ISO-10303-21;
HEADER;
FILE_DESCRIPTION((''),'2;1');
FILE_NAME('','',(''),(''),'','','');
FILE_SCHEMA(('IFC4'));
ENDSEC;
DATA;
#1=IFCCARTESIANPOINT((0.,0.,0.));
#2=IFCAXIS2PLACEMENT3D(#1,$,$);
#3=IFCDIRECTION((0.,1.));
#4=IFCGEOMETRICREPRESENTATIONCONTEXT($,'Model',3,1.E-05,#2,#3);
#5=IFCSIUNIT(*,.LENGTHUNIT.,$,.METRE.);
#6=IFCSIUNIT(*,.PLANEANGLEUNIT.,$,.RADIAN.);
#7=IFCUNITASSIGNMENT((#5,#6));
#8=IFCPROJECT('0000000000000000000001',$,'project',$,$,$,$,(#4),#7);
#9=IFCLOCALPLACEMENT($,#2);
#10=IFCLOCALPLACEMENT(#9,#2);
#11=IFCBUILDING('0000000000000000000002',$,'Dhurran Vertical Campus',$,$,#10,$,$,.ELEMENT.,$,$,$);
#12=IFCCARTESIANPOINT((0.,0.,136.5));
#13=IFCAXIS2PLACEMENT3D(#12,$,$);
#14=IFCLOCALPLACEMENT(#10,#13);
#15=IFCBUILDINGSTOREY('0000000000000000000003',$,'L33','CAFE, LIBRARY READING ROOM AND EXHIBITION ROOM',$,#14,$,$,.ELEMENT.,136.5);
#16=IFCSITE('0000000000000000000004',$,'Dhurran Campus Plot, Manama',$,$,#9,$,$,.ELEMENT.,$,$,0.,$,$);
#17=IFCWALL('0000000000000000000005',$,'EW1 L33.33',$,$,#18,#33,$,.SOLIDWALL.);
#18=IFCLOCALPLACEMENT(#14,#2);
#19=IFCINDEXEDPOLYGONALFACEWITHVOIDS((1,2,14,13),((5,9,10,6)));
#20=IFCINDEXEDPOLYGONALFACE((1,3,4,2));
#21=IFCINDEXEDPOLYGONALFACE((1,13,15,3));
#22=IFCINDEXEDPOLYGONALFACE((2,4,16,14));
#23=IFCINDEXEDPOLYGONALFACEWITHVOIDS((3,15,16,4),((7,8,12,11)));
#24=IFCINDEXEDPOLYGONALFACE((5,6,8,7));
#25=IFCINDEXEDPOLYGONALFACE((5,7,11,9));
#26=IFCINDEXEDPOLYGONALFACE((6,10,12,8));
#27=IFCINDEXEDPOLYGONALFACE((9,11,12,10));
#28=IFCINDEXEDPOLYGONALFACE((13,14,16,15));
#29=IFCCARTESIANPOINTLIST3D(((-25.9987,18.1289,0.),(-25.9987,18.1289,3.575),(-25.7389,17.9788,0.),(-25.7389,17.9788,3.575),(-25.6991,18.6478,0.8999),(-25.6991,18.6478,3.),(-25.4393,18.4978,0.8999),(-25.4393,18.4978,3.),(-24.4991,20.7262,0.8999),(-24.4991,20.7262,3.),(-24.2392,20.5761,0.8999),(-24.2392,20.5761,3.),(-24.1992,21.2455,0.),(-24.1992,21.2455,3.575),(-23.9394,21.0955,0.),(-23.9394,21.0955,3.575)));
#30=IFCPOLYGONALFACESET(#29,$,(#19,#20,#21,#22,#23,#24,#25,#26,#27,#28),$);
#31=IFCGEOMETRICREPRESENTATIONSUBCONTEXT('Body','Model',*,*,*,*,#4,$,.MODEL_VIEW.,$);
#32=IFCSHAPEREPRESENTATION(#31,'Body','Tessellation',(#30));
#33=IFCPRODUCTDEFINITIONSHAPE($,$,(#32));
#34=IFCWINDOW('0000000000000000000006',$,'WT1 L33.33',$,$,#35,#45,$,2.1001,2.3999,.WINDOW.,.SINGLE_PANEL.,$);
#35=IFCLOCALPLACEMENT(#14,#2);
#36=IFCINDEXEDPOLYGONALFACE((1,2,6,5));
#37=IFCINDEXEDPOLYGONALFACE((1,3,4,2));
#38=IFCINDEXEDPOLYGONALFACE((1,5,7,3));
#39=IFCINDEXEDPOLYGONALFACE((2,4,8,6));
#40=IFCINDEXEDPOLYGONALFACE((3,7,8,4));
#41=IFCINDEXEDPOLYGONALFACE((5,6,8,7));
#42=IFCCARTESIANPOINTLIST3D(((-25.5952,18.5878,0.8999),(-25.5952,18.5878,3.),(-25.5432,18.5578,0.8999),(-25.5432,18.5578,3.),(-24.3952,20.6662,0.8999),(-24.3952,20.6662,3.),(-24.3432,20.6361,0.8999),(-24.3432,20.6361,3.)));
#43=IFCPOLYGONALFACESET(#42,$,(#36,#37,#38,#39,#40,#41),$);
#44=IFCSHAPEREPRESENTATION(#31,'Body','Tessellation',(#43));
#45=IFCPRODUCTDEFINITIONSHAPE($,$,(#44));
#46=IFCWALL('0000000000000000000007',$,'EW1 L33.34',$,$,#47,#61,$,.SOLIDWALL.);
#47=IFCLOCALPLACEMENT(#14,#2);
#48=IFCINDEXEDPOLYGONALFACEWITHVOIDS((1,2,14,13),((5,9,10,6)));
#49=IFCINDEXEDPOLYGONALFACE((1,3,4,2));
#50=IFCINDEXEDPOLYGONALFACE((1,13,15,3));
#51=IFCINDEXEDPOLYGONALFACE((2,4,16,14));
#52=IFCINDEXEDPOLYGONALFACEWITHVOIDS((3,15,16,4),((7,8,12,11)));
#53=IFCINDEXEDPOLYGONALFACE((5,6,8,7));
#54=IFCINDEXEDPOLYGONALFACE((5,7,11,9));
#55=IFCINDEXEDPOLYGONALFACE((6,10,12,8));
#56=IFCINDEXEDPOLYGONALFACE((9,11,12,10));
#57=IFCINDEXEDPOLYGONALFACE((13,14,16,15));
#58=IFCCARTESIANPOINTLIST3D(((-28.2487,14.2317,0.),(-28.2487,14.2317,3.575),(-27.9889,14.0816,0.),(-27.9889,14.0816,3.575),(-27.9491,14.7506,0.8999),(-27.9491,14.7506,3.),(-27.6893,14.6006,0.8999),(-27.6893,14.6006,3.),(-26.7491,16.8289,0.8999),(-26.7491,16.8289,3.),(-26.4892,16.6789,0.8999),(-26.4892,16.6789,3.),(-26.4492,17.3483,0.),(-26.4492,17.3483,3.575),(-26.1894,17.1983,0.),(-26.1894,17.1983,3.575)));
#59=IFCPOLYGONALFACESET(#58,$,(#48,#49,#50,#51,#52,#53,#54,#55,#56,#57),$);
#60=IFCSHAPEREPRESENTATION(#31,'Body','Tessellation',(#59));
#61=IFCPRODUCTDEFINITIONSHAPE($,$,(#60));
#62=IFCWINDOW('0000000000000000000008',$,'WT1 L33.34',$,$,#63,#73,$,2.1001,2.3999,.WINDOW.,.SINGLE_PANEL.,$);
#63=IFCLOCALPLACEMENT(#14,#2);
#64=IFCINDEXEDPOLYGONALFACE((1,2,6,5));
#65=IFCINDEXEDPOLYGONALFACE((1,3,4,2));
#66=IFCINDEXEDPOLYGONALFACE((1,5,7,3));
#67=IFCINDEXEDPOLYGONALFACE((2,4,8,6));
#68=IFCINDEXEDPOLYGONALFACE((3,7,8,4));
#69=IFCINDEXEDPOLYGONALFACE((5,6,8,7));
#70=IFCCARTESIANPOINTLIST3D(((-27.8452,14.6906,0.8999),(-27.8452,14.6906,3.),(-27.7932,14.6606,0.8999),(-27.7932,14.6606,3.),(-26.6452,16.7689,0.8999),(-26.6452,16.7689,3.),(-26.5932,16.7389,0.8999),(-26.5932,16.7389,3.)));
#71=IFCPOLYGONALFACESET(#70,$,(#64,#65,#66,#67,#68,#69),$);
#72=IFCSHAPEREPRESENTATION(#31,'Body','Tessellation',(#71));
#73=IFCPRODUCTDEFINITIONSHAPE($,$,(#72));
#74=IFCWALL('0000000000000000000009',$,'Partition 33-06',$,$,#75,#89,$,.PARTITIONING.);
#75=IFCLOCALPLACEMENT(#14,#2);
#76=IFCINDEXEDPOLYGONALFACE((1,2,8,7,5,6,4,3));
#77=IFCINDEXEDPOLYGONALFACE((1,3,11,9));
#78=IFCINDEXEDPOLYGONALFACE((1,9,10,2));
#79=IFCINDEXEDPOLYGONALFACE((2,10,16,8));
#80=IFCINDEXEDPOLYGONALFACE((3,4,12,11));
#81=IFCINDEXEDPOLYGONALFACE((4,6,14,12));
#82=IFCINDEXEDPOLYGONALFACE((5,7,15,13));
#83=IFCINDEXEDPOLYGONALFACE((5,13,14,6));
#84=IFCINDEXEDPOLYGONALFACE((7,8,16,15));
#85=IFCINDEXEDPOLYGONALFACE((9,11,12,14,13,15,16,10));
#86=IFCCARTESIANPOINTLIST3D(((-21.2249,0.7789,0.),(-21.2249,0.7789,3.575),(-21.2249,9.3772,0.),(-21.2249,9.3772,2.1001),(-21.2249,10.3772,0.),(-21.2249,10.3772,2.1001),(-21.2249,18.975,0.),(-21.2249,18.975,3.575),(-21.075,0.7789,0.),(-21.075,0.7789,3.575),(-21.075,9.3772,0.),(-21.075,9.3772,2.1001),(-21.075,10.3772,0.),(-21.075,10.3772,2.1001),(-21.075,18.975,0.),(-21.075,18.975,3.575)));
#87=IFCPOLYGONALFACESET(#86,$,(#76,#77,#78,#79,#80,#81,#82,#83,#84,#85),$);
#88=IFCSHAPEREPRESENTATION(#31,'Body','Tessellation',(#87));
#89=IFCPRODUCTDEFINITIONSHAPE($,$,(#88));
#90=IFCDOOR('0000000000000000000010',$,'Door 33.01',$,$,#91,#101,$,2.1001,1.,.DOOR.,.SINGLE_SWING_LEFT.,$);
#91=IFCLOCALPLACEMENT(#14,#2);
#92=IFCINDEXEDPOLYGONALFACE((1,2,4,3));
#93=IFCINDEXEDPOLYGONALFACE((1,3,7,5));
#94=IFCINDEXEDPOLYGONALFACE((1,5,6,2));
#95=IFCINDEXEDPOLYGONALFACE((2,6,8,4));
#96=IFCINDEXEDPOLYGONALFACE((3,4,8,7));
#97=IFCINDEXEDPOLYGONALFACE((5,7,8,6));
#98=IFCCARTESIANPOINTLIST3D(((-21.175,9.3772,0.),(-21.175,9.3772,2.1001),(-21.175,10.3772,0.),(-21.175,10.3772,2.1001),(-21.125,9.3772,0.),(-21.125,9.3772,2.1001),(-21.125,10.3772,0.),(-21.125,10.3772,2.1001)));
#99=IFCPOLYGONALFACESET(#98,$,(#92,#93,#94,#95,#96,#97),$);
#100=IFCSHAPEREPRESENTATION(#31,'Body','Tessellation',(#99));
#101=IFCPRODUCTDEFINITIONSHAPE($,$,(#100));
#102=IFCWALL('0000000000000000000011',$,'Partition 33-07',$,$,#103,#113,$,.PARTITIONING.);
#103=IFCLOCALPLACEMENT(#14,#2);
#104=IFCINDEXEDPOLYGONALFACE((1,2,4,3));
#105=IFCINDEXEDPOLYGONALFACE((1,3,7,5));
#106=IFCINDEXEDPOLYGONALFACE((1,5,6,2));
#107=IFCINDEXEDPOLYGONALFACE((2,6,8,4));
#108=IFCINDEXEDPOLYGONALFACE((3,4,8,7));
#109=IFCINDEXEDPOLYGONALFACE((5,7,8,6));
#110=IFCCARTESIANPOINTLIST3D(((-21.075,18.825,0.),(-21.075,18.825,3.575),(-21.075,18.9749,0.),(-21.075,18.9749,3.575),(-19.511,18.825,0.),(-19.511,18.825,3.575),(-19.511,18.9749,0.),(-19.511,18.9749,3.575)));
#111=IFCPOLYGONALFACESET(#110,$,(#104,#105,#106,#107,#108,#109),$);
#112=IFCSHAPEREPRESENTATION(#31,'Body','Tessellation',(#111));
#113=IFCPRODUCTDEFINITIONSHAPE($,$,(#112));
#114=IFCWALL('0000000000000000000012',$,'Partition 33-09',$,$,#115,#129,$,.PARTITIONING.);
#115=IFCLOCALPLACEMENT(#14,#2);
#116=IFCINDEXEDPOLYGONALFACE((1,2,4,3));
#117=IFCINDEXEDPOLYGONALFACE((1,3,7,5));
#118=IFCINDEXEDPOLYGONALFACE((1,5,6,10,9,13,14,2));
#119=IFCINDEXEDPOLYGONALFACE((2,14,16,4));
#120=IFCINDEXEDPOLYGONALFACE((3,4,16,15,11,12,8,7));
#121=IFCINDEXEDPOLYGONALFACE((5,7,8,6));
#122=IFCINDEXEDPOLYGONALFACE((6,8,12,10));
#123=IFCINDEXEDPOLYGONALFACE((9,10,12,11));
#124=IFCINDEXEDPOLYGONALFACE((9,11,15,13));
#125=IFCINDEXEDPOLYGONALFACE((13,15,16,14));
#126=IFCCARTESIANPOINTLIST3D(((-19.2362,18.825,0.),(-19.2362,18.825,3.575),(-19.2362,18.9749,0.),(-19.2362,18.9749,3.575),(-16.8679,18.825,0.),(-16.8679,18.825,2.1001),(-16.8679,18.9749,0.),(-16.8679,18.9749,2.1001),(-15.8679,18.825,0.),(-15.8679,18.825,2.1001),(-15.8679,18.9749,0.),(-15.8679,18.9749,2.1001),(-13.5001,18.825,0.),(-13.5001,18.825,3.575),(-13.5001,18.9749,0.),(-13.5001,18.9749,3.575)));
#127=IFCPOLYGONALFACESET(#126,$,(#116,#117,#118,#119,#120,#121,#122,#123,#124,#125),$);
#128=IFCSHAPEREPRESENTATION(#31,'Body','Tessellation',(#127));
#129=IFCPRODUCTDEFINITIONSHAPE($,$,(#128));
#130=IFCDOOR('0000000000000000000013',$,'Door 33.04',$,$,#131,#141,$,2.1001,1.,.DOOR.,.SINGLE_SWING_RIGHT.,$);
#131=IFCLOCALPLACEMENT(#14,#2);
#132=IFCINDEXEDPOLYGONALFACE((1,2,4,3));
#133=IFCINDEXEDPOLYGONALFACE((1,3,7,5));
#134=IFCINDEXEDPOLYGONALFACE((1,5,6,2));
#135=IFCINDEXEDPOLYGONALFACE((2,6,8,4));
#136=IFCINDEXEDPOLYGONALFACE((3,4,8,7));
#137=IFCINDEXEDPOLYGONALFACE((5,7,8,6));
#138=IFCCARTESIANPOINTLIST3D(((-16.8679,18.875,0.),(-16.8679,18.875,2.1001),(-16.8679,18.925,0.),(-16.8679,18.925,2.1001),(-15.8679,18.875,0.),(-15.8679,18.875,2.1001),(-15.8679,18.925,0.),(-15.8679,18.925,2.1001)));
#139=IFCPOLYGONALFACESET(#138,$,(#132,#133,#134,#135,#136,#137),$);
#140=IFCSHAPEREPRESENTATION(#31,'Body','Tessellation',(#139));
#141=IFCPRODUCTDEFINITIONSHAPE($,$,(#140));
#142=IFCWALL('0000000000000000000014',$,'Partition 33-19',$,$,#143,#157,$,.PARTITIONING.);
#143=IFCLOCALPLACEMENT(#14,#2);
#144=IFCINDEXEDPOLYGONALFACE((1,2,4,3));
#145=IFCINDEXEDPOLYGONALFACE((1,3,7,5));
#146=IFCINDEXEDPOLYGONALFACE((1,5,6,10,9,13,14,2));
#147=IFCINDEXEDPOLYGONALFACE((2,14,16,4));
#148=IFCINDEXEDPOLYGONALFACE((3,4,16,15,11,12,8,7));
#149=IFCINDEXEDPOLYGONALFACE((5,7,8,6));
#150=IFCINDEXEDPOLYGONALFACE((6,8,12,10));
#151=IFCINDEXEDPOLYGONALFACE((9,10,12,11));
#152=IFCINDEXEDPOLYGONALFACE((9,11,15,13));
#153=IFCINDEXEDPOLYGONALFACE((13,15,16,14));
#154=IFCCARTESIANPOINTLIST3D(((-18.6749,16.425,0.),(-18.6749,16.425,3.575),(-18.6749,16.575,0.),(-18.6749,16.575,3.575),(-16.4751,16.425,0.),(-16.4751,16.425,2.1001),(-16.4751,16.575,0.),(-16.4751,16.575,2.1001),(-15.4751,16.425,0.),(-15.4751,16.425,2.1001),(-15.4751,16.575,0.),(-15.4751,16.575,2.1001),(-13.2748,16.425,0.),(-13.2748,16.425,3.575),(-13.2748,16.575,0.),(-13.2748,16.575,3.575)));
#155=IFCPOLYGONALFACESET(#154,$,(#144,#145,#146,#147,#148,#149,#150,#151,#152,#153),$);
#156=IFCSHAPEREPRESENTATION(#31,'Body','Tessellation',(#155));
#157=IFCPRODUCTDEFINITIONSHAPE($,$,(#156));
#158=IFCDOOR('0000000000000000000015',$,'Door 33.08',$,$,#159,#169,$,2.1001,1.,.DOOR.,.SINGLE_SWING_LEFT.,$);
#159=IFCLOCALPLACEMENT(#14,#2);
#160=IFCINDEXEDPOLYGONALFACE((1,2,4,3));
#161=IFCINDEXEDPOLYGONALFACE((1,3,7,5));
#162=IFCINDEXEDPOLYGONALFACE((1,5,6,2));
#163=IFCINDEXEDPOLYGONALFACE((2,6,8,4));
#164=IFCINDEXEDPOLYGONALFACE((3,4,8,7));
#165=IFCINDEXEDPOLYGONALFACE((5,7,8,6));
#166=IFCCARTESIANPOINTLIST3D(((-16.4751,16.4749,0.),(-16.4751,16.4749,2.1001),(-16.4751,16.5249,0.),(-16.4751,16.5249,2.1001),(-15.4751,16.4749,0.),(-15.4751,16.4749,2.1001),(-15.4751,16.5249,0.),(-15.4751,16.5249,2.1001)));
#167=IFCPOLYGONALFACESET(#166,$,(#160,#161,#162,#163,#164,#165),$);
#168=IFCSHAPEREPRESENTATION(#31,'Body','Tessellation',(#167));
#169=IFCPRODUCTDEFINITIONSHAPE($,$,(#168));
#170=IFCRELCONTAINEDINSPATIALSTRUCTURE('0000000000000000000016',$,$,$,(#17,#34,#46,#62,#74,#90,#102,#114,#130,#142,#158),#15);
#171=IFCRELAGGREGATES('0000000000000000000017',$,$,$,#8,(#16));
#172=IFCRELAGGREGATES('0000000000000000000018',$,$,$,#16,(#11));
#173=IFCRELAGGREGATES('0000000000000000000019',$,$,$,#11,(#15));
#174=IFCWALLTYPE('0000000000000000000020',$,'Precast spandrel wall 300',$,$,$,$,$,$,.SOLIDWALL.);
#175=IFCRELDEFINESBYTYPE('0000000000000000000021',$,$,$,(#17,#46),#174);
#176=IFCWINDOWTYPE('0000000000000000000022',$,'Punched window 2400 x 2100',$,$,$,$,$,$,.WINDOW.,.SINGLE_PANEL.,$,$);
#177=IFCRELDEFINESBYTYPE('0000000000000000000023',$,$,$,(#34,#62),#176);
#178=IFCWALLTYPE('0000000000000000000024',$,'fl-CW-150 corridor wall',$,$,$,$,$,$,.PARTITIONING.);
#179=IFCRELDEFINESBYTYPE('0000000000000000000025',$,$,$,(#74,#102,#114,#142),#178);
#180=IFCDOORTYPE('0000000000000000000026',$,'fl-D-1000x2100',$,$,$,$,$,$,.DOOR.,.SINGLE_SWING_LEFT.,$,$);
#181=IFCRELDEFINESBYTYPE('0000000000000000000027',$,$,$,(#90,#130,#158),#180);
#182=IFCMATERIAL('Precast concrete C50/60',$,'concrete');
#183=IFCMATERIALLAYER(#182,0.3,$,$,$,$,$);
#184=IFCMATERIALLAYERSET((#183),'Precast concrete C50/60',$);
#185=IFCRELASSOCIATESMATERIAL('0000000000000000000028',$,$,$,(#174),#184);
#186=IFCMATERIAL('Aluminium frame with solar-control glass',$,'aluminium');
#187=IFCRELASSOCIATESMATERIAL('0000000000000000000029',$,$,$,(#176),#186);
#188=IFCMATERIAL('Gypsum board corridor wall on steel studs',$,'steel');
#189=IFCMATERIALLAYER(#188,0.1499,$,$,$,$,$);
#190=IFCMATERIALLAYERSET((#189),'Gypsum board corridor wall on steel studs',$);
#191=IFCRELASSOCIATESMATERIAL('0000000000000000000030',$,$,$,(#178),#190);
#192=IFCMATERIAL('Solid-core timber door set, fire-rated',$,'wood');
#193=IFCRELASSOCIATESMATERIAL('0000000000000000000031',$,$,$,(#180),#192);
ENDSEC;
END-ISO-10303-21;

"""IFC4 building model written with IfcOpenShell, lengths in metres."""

from ifc_helpers import new_model, si_unit, direction, frame, frame_2d, origin, place, context, subcontext, project, spatial, rectangle, extrude, material, layer, layer_set, type_object, element, fill, save


model = new_model("IFC4")

# Units and contexts
model_context = context("Model", 3, precision=1e-05, world=origin(), true_north=direction((0.0, 1.0)))
body_context = subcontext(model_context, "Body", "Model", "MODEL_VIEW")
ifc_project = project(units=[si_unit("LENGTHUNIT", "METRE"), si_unit("PLANEANGLEUNIT", "RADIAN")], contexts=[model_context])

# Site, building, storey
site_placement = place(None, origin())
site = spatial("IfcSite", under=ifc_project, at=site_placement, Name="Dhurran Campus Plot, Manama", CompositionType="ELEMENT", RefElevation=0.0)
building_placement = place(site_placement, origin())
building = spatial("IfcBuilding", under=site, at=building_placement, Name="Dhurran Vertical Campus", CompositionType="ELEMENT")
storey_placement = place(building_placement, frame((0.0, 0.0, 136.5)))
storey = spatial("IfcBuildingStorey", under=building, at=storey_placement, Name="L33", Description="CAFE, LIBRARY READING ROOM AND EXHIBITION ROOM", CompositionType="ELEMENT", Elevation=136.5)

# Walls, openings, windows
ifc_material_1 = material(Name="Precast concrete C50/60", Category="concrete")
ifc_layer_1 = layer(ifc_material_1, 0.3)
ifc_layer_set_1 = layer_set([ifc_layer_1], Name="Precast concrete C50/60")
wall_type_1 = type_object("IfcWallType", Name="Precast spandrel wall 300", PredefinedType="SOLIDWALL", material=ifc_layer_set_1)
ifc_material_2 = material(Name="Aluminium frame with solar-control glass", Category="aluminium")
window_type = type_object("IfcWindowType", Name="Punched window 2400 x 2100", PartitioningType="SINGLE_PANEL", PredefinedType="WINDOW", material=ifc_material_2)
wall_1_placement = place(storey_placement, frame((-24.0693, 21.1704, 0.0), z_axis=(0.0, 0.0, 1.0), x_axis=(-0.500028, -0.866009, 0.0)))
wall_1 = element("IfcWall", 1, at=wall_1_placement, inside=storey, type_object=wall_type_1, Name="EW1 L33.33", PredefinedType="SOLIDWALL", context=body_context, shape_type="SweptSolid", body=[
    extrude(rectangle(XDim=3.5989, YDim=0.3, at=frame_2d((1.7993, 0.0))), origin(), (0.0, 0.0, 1.0), 3.575),
])
opening_1_placement = place(wall_1_placement, frame((0.5996, 0.0, 0.8999)))
opening_1 = element("IfcOpeningElement", 2, at=opening_1_placement, cuts=wall_1, PredefinedType="OPENING", context=body_context, shape_type="SweptSolid", body=[
    extrude(rectangle(XDim=2.3999, YDim=2.1001, at=frame_2d((1.2, 1.05))), frame((0.0, 0.1599, 0.0), z_axis=(0.0, -1.0, 0.0), x_axis=(1.0, 0.0, 0.0)), (0.0, 0.0, 1.0), 0.3201),
])
window_1_placement = place(opening_1_placement, origin())
window_1 = element("IfcWindow", 3, at=window_1_placement, inside=storey, type_object=window_type, Name="WT1 L33.33", OverallHeight=2.1001, OverallWidth=2.3999, PartitioningType="SINGLE_PANEL", PredefinedType="WINDOW", context=body_context, shape_type="SweptSolid", body=[
    extrude(rectangle(XDim=2.3999, YDim=2.1001, at=frame_2d((1.2, 1.05))), frame((0.0, 0.03, 0.0), z_axis=(0.0, -1.0, 0.0), x_axis=(1.0, 0.0, 0.0)), (0.0, 0.0, 1.0), 0.0601),
])
fill(opening_1, window_1)
wall_2_placement = place(storey_placement, frame((-26.3193, 17.2732, 0.0), z_axis=(0.0, 0.0, 1.0), x_axis=(-0.500028, -0.866009, 0.0)))
wall_2 = element("IfcWall", 4, at=wall_2_placement, inside=storey, type_object=wall_type_1, Name="EW1 L33.34", PredefinedType="SOLIDWALL", context=body_context, shape_type="SweptSolid", body=[
    extrude(rectangle(XDim=3.5989, YDim=0.3, at=frame_2d((1.7993, 0.0))), origin(), (0.0, 0.0, 1.0), 3.575),
])
opening_2_placement = place(wall_2_placement, frame((0.5996, 0.0, 0.8999)))
opening_2 = element("IfcOpeningElement", 5, at=opening_2_placement, cuts=wall_2, PredefinedType="OPENING", context=body_context, shape_type="SweptSolid", body=[
    extrude(rectangle(XDim=2.3999, YDim=2.1001, at=frame_2d((1.2, 1.05))), frame((0.0, 0.1599, 0.0), z_axis=(0.0, -1.0, 0.0), x_axis=(1.0, 0.0, 0.0)), (0.0, 0.0, 1.0), 0.3201),
])
window_2_placement = place(opening_2_placement, origin())
window_2 = element("IfcWindow", 6, at=window_2_placement, inside=storey, type_object=window_type, Name="WT1 L33.34", OverallHeight=2.1001, OverallWidth=2.3999, PartitioningType="SINGLE_PANEL", PredefinedType="WINDOW", context=body_context, shape_type="SweptSolid", body=[
    extrude(rectangle(XDim=2.3999, YDim=2.1001, at=frame_2d((1.2, 1.05))), frame((0.0, 0.03, 0.0), z_axis=(0.0, -1.0, 0.0), x_axis=(1.0, 0.0, 0.0)), (0.0, 0.0, 1.0), 0.0601),
])
fill(opening_2, window_2)

# Wall, opening, door
ifc_material_3 = material(Name="Gypsum board corridor wall on steel studs", Category="steel")
ifc_layer_2 = layer(ifc_material_3, 0.1499)
ifc_layer_set_2 = layer_set([ifc_layer_2], Name="Gypsum board corridor wall on steel studs")
wall_type_2 = type_object("IfcWallType", Name="fl-CW-150 corridor wall", PredefinedType="PARTITIONING", material=ifc_layer_set_2)
wall_3_placement = place(storey_placement, frame((-21.1499, 18.9751, 0.0), z_axis=(0.0, 0.0, 1.0), x_axis=(0.0, -1.0, 0.0)))
wall_3 = element("IfcWall", 7, at=wall_3_placement, inside=storey, type_object=wall_type_2, Name="Partition 33-06", PredefinedType="PARTITIONING", context=body_context, shape_type="SweptSolid", body=[
    extrude(rectangle(XDim=18.196, YDim=0.1499, at=frame_2d((9.0981, 0.0))), origin(), (0.0, 0.0, 1.0), 3.575),
])
opening_3_placement = place(wall_3_placement, frame((8.5979, 0.0, 0.0)))
opening_3 = element("IfcOpeningElement", 8, at=opening_3_placement, cuts=wall_3, PredefinedType="OPENING", context=body_context, shape_type="SweptSolid", body=[
    extrude(rectangle(XDim=1.0, YDim=2.1001, at=frame_2d((0.5, 1.05))), frame((0.0, 0.085, 0.0), z_axis=(0.0, -1.0, 0.0), x_axis=(1.0, 0.0, 0.0)), (0.0, 0.0, 1.0), 0.1699),
])
ifc_material_4 = material(Name="Solid-core timber door set, fire-rated", Category="wood")
door_type = type_object("IfcDoorType", Name="fl-D-1000x2100", OperationType="SINGLE_SWING_LEFT", PredefinedType="DOOR", material=ifc_material_4)
door_1_placement = place(opening_3_placement, origin())
door_1 = element("IfcDoor", 9, at=door_1_placement, inside=storey, type_object=door_type, Name="Door 33.01", OperationType="SINGLE_SWING_LEFT", OverallHeight=2.1001, OverallWidth=1.0, PredefinedType="DOOR", context=body_context, shape_type="SweptSolid", body=[
    extrude(rectangle(XDim=1.0, YDim=2.1001, at=frame_2d((0.5, 1.05))), frame((0.0, 0.0249, 0.0), z_axis=(0.0, -1.0, 0.0), x_axis=(1.0, 0.0, 0.0)), (0.0, 0.0, 1.0), 0.05),
])
fill(opening_3, door_1)

# Wall
wall_4_placement = place(storey_placement, frame((-19.511, 18.8999, 0.0), z_axis=(0.0, 0.0, 1.0), x_axis=(-1.0, 0.0, 0.0)))
element("IfcWall", 10, at=wall_4_placement, inside=storey, type_object=wall_type_2, Name="Partition 33-07", PredefinedType="PARTITIONING", context=body_context, shape_type="SweptSolid", body=[
    extrude(rectangle(XDim=1.564, YDim=0.1499, at=frame_2d((0.782, 0.0))), origin(), (0.0, 0.0, 1.0), 3.575),
])

# Walls, openings, doors
wall_5_placement = place(storey_placement, frame((-13.5, 18.8999, 0.0), z_axis=(0.0, 0.0, 1.0), x_axis=(-1.0, 0.0, 0.0)))
wall_5 = element("IfcWall", 11, at=wall_5_placement, inside=storey, type_object=wall_type_2, Name="Partition 33-09", PredefinedType="PARTITIONING", context=body_context, shape_type="SweptSolid", body=[
    extrude(rectangle(XDim=5.7361, YDim=0.1499, at=frame_2d((2.8682, 0.0))), origin(), (0.0, 0.0, 1.0), 3.575),
])
opening_4_placement = place(wall_5_placement, frame((2.3679, 0.0, 0.0)))
opening_4 = element("IfcOpeningElement", 12, at=opening_4_placement, cuts=wall_5, PredefinedType="OPENING", context=body_context, shape_type="SweptSolid", body=[
    extrude(rectangle(XDim=1.0, YDim=2.1001, at=frame_2d((0.5, 1.05))), frame((0.0, 0.085, 0.0), z_axis=(0.0, -1.0, 0.0), x_axis=(1.0, 0.0, 0.0)), (0.0, 0.0, 1.0), 0.1699),
])
door_2_placement = place(opening_4_placement, origin())
door_2 = element("IfcDoor", 13, at=door_2_placement, inside=storey, type_object=door_type, Name="Door 33.04", OperationType="SINGLE_SWING_RIGHT", OverallHeight=2.1001, OverallWidth=1.0, PredefinedType="DOOR", context=body_context, shape_type="SweptSolid", body=[
    extrude(rectangle(XDim=1.0, YDim=2.1001, at=frame_2d((0.5, 1.05))), frame((0.0, 0.0249, 0.0), z_axis=(0.0, -1.0, 0.0), x_axis=(1.0, 0.0, 0.0)), (0.0, 0.0, 1.0), 0.05),
])
fill(opening_4, door_2)
wall_6_placement = place(storey_placement, frame((-18.675, 16.5, 0.0), z_axis=(0.0, 0.0, 1.0), x_axis=(1.0, 0.0, 0.0)))
wall_6 = element("IfcWall", 14, at=wall_6_placement, inside=storey, type_object=wall_type_2, Name="Partition 33-19", PredefinedType="PARTITIONING", context=body_context, shape_type="SweptSolid", body=[
    extrude(rectangle(XDim=5.4001, YDim=0.1499, at=frame_2d((2.7002, 0.0))), origin(), (0.0, 0.0, 1.0), 3.575),
])
opening_5_placement = place(wall_6_placement, frame((2.2, 0.0, 0.0)))
opening_5 = element("IfcOpeningElement", 15, at=opening_5_placement, cuts=wall_6, PredefinedType="OPENING", context=body_context, shape_type="SweptSolid", body=[
    extrude(rectangle(XDim=1.0, YDim=2.1001, at=frame_2d((0.5, 1.05))), frame((0.0, 0.085, 0.0), z_axis=(0.0, -1.0, 0.0), x_axis=(1.0, 0.0, 0.0)), (0.0, 0.0, 1.0), 0.1699),
])
door_3_placement = place(opening_5_placement, origin())
door_3 = element("IfcDoor", 16, at=door_3_placement, inside=storey, type_object=door_type, Name="Door 33.08", OperationType="SINGLE_SWING_LEFT", OverallHeight=2.1001, OverallWidth=1.0, PredefinedType="DOOR", context=body_context, shape_type="SweptSolid", body=[
    extrude(rectangle(XDim=1.0, YDim=2.1001, at=frame_2d((0.5, 1.05))), frame((0.0, 0.0249, 0.0), z_axis=(0.0, -1.0, 0.0), x_axis=(1.0, 0.0, 0.0)), (0.0, 0.0, 1.0), 0.05),
])
fill(opening_5, door_3)

save(model, "model.ifc")
